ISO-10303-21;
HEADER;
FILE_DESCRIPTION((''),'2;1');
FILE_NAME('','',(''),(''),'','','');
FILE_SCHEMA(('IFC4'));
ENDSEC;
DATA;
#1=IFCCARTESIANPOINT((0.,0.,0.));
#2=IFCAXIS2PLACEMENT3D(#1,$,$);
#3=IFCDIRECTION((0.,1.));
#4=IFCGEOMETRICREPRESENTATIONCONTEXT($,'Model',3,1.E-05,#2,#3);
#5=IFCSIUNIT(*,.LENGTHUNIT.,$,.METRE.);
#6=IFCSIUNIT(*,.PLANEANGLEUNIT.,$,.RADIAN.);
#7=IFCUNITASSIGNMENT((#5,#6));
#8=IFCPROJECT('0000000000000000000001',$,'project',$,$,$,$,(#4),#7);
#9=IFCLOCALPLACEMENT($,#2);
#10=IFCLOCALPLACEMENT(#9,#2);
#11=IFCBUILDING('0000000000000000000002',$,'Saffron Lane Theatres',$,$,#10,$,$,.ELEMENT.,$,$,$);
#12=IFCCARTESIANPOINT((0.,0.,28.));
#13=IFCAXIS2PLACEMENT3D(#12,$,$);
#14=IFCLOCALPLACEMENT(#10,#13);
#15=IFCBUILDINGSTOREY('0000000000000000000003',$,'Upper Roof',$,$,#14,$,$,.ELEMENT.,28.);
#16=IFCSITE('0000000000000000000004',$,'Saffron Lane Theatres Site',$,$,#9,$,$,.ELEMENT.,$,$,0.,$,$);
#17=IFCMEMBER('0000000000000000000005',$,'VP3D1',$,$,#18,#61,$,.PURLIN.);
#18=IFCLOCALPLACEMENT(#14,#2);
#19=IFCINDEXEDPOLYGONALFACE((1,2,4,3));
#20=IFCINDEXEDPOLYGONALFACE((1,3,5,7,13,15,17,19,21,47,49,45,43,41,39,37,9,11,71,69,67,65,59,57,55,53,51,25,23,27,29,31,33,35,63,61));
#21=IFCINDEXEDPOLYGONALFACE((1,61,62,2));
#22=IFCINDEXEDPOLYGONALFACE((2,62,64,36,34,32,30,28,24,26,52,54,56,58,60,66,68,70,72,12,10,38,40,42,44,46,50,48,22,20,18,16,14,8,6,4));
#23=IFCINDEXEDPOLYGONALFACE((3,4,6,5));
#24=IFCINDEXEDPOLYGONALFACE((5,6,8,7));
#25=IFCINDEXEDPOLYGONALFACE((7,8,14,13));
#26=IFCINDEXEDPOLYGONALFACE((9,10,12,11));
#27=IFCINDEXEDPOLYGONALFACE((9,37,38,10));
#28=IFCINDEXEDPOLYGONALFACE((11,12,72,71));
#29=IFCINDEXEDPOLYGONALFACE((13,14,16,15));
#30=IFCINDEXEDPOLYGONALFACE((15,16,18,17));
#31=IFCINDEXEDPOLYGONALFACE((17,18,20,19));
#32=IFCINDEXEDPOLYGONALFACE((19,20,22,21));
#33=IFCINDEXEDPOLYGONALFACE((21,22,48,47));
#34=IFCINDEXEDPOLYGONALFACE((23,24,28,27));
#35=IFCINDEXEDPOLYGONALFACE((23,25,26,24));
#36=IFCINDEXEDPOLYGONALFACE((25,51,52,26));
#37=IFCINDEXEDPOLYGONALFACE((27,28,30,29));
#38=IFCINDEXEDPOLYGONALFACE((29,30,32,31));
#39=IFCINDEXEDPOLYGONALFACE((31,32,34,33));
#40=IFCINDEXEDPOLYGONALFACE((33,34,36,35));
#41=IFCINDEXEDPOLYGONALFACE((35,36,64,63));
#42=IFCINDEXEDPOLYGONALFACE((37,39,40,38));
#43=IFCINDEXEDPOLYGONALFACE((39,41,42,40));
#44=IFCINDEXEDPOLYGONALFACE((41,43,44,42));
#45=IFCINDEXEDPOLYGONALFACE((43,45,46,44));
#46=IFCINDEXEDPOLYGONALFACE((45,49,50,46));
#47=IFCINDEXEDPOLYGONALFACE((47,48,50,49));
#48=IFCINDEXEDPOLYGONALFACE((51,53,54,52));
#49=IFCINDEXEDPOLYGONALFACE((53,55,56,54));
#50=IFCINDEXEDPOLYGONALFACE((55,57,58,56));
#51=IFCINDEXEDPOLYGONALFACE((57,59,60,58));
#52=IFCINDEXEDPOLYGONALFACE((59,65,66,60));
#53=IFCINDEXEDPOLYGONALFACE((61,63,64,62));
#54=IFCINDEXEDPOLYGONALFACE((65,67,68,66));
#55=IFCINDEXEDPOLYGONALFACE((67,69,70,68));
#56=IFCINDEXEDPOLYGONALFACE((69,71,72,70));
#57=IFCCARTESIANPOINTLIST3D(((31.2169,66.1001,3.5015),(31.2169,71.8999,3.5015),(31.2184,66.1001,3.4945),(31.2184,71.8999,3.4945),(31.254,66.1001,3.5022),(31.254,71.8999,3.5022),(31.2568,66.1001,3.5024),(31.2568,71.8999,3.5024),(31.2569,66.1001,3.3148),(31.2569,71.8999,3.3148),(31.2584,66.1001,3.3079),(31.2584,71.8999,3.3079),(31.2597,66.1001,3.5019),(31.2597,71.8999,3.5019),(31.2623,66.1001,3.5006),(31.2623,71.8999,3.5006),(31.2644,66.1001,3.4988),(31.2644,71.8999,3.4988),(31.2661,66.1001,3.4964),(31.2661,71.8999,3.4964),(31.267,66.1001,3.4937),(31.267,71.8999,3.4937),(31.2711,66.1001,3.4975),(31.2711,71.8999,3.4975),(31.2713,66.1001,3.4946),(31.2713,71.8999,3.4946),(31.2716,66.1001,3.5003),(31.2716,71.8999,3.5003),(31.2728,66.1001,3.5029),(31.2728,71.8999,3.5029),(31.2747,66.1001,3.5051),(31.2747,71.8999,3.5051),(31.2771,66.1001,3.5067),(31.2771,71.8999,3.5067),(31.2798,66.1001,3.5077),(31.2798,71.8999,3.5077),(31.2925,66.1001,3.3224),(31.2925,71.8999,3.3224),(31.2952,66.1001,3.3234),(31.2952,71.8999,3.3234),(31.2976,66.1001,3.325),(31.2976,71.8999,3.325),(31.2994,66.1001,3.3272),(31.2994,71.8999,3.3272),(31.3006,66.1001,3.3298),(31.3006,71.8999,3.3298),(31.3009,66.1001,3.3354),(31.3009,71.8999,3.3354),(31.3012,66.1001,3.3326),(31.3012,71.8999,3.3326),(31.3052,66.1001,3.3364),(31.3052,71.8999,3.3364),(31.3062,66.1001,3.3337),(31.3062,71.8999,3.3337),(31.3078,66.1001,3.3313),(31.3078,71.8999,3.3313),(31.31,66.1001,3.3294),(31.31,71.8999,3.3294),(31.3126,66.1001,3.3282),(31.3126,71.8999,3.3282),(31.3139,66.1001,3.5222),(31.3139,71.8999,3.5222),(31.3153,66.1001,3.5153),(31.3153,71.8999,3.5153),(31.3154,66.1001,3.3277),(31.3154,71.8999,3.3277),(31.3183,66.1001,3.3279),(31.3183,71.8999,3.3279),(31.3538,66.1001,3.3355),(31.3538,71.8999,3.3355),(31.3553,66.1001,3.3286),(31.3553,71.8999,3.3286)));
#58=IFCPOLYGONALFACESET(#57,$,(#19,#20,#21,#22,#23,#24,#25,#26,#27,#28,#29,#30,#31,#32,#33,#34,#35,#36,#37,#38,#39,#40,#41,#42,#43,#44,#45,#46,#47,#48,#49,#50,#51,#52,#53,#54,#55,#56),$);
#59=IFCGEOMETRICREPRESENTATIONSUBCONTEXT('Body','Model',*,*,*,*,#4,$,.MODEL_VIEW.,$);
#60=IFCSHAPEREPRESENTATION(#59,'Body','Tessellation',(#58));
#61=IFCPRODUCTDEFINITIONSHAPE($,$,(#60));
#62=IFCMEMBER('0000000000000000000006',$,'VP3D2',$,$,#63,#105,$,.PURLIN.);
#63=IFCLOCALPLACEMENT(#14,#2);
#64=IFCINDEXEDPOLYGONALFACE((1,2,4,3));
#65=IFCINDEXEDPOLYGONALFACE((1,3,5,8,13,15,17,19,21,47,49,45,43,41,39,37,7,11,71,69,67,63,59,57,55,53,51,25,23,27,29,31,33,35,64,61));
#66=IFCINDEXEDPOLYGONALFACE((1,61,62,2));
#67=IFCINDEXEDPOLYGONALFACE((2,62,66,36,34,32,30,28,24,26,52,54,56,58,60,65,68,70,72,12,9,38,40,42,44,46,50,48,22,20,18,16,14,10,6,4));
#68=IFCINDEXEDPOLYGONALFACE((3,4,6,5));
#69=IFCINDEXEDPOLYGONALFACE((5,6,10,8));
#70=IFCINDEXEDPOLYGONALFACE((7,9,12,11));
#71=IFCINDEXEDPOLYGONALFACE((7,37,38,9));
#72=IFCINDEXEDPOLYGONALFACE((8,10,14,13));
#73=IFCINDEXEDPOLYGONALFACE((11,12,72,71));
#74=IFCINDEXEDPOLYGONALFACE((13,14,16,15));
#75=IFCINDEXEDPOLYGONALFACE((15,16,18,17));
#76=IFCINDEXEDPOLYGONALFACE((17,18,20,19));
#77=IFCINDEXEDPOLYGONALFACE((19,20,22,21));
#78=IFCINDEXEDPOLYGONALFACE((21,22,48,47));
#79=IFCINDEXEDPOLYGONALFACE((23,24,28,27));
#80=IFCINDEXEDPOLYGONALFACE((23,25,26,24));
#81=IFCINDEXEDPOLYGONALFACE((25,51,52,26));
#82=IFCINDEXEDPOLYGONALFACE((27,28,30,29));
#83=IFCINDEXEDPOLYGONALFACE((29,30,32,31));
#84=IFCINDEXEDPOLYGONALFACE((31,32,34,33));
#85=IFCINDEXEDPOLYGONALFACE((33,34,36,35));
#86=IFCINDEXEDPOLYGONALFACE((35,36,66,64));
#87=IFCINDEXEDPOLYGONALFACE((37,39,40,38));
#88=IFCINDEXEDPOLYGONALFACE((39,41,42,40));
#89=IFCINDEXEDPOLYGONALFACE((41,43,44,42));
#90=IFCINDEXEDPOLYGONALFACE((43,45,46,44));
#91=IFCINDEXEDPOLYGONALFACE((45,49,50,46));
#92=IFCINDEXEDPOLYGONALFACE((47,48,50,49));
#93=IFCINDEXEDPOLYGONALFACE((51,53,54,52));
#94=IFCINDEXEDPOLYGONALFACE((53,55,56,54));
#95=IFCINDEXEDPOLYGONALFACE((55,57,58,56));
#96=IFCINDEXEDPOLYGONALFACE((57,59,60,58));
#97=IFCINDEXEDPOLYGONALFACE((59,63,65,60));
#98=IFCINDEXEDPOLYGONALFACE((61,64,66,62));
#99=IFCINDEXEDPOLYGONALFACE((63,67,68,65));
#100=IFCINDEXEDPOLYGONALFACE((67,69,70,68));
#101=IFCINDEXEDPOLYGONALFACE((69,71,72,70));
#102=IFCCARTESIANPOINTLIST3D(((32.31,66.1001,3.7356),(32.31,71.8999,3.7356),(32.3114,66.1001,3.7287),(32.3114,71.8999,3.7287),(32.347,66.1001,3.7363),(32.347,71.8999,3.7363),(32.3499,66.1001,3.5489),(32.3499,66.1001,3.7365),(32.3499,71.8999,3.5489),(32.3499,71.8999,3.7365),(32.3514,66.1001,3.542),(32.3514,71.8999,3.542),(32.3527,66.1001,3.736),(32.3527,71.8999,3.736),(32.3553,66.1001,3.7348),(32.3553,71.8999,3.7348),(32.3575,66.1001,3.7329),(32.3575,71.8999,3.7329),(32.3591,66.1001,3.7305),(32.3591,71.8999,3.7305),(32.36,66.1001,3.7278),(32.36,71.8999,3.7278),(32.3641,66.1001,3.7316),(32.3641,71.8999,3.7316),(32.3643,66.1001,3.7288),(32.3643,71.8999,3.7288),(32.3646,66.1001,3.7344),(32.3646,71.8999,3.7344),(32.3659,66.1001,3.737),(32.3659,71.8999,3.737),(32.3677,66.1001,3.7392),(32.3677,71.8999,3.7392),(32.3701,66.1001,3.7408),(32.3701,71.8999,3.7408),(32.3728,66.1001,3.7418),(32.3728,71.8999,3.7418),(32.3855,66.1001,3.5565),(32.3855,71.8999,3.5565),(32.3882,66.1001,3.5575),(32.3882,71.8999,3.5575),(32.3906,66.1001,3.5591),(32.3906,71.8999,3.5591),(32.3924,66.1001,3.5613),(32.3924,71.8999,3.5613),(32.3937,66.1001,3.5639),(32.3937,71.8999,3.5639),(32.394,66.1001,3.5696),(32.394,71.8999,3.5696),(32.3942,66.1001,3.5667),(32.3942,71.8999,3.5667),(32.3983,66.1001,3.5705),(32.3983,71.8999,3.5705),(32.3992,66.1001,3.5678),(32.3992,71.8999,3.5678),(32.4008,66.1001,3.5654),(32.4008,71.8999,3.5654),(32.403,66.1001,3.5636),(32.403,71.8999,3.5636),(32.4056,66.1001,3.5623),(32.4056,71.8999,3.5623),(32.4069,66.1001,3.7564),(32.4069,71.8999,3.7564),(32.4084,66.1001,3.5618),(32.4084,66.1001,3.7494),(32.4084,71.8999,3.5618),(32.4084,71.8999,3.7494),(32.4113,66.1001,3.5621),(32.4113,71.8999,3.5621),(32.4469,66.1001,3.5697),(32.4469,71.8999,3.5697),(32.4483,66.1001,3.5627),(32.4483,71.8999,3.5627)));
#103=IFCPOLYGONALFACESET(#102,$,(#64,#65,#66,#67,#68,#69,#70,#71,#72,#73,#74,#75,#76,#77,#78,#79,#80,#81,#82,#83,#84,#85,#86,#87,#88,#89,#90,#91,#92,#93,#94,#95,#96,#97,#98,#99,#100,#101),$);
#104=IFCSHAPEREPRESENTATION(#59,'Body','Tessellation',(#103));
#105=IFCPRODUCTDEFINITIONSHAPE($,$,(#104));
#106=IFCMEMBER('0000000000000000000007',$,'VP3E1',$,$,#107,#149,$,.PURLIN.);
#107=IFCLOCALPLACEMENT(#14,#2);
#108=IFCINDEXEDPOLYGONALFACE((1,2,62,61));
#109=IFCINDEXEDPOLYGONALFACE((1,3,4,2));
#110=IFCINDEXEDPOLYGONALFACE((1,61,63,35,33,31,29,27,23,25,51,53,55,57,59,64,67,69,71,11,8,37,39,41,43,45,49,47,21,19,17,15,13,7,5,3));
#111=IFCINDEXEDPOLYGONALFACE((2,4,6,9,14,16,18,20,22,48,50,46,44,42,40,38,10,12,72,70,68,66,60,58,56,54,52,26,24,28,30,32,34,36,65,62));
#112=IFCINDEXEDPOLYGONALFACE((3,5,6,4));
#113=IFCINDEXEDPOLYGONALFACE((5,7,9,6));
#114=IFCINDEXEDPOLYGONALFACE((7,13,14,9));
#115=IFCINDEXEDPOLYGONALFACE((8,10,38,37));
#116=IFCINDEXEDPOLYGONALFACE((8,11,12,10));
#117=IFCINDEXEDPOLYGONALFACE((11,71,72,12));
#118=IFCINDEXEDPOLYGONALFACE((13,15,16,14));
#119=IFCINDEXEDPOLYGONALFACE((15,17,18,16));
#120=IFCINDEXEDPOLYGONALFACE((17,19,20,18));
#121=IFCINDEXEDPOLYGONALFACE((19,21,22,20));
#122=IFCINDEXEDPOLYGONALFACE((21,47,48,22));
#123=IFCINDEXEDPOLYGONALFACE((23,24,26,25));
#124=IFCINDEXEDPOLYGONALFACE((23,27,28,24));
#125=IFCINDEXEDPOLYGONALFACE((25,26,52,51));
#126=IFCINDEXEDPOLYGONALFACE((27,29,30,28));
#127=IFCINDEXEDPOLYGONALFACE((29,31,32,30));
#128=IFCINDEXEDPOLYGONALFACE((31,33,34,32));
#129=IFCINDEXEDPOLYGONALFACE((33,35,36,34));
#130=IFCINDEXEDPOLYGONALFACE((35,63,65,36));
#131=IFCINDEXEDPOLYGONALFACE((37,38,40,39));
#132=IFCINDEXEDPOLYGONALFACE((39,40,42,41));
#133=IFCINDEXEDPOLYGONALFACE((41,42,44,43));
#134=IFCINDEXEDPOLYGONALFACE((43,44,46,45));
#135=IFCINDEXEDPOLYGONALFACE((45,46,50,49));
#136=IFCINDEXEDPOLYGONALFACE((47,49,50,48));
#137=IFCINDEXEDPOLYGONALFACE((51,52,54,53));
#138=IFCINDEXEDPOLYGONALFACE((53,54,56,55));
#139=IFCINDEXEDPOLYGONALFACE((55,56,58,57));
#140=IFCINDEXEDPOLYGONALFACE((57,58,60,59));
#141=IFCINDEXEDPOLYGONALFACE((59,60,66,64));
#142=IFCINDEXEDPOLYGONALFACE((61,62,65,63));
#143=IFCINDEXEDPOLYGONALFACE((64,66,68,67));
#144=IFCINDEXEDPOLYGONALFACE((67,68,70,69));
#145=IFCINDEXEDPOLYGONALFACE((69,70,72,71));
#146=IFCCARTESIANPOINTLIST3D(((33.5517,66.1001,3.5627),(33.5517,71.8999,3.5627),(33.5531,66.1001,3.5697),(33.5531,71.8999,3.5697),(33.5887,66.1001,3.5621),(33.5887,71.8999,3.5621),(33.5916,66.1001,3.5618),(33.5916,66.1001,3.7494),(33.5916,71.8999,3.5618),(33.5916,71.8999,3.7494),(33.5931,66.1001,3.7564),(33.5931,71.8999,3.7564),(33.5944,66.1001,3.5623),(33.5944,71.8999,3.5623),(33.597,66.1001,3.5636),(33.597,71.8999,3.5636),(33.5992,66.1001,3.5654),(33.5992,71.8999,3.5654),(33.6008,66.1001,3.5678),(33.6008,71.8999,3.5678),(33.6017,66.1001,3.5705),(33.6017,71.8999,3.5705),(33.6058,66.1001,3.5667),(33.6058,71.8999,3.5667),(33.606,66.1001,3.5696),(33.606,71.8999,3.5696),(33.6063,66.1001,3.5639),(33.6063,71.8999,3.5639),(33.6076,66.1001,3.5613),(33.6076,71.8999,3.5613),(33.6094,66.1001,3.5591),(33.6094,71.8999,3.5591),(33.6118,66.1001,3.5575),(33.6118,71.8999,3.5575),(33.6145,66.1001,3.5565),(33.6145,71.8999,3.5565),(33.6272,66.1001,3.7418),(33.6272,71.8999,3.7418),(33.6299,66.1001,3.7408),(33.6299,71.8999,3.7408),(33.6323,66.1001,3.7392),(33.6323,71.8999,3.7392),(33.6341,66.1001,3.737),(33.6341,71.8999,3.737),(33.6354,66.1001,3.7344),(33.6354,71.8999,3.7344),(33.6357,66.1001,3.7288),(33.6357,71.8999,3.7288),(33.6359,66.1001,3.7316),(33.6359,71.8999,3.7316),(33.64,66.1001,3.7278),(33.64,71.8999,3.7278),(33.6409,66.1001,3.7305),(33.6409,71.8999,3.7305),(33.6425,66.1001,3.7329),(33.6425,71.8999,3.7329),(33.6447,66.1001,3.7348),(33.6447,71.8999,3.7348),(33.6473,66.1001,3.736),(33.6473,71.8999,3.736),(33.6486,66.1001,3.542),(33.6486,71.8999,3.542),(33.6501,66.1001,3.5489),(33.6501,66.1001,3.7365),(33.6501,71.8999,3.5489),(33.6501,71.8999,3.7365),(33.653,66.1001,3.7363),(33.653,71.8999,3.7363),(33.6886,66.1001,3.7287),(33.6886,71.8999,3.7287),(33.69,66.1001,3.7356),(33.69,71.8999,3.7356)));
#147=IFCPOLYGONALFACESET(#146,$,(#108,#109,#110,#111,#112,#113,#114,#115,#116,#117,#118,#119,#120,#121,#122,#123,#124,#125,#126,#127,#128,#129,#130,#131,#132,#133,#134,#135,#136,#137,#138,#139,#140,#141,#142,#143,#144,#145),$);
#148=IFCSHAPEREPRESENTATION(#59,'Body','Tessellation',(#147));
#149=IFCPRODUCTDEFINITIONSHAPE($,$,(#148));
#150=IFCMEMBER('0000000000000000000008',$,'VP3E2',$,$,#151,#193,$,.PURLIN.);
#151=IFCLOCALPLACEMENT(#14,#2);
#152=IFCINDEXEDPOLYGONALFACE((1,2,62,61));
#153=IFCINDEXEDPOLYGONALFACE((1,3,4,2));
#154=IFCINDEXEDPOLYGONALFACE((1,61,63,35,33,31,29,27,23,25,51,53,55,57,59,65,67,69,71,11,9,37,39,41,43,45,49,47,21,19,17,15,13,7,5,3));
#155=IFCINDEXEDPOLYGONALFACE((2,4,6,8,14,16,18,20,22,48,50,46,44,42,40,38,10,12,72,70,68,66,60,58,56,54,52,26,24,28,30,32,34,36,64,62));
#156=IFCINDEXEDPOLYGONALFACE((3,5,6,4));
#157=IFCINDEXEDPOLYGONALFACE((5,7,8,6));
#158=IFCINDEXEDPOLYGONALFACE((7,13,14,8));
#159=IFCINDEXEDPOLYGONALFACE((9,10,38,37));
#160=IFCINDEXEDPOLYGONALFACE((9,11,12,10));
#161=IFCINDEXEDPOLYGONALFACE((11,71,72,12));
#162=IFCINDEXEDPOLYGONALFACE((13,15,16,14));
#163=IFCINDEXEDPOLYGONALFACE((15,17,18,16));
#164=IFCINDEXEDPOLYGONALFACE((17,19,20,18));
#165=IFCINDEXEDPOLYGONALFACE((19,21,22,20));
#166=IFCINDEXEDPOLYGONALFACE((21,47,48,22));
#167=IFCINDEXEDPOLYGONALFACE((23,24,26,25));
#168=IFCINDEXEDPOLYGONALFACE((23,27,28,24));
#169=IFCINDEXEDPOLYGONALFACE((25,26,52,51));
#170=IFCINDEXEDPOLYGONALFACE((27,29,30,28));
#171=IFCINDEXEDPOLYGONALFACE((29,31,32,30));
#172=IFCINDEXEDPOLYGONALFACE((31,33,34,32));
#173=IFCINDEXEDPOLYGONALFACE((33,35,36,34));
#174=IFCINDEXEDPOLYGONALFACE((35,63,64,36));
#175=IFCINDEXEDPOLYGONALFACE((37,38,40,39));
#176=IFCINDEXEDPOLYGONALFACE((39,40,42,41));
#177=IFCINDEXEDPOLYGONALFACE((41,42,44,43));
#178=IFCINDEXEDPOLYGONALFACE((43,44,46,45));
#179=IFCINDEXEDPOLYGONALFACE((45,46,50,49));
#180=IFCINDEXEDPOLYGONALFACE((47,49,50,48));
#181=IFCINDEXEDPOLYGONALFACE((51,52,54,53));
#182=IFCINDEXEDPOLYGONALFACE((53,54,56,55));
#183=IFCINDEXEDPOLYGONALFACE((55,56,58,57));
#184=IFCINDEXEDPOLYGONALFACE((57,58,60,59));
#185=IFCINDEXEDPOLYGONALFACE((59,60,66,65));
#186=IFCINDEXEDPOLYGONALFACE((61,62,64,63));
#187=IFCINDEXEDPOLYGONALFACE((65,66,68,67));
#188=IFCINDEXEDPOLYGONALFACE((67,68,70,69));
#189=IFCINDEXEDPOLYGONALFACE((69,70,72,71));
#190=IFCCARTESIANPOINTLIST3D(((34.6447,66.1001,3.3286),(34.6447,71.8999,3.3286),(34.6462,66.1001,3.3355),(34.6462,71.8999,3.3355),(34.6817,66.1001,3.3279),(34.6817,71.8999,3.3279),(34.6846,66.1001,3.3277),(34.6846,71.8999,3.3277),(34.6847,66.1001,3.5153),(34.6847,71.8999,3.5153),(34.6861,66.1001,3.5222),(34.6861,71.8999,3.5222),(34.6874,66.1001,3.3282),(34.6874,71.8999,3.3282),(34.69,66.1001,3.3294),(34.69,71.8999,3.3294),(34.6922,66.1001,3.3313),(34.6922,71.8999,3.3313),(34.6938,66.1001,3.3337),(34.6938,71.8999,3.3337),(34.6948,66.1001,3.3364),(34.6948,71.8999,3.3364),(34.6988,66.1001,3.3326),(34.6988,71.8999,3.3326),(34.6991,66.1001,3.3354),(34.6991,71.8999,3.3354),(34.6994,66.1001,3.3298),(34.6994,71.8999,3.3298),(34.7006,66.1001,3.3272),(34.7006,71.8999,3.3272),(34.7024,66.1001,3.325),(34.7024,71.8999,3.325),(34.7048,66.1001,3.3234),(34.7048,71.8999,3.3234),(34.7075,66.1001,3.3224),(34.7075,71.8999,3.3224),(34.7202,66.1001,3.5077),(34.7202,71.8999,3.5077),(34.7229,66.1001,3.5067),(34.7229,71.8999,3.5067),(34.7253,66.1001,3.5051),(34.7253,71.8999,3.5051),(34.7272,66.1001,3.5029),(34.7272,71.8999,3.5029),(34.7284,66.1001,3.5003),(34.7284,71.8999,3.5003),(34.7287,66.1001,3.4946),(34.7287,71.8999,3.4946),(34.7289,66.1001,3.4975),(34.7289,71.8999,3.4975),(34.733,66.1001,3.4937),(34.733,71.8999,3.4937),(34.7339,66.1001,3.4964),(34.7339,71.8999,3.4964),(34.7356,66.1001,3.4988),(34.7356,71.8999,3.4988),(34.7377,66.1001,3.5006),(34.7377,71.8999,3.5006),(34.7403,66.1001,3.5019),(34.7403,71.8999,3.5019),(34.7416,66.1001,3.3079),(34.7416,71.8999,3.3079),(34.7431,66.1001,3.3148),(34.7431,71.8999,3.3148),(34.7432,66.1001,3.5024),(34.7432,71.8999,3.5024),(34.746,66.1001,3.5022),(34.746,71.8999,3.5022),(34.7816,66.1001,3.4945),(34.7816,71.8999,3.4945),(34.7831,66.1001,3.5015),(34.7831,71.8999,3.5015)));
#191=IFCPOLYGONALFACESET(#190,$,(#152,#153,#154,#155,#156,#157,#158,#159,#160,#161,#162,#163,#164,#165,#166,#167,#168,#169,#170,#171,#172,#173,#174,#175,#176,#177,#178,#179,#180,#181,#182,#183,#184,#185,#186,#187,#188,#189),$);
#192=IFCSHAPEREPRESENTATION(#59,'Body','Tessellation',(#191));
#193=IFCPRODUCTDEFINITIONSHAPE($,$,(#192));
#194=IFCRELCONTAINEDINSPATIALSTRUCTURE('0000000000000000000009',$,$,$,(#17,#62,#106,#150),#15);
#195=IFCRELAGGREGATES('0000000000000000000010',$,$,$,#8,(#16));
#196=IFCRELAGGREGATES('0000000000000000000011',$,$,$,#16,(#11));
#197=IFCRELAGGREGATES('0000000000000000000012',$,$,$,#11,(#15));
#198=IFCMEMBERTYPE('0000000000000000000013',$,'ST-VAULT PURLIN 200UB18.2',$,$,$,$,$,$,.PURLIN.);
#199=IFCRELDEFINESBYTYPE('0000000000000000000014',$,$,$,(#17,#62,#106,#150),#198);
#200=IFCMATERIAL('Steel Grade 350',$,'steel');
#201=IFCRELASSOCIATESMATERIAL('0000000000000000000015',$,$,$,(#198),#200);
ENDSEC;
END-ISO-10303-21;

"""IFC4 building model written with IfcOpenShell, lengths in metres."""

from ifc_helpers import new_model, si_unit, direction, frame, origin, origin_2d, place, context, subcontext, project, spatial, i_section, extrude, material, material_profile, profile_set, type_object, element, save


model = new_model("IFC4")

# Units and contexts
model_context = context("Model", 3, precision=1e-05, world=origin(), true_north=direction((0.0, 1.0)))
body_context = subcontext(model_context, "Body", "Model", "MODEL_VIEW")
ifc_project = project(units=[si_unit("LENGTHUNIT", "METRE"), si_unit("PLANEANGLEUNIT", "RADIAN")], contexts=[model_context])

# Site, building, storey
site_placement = place(None, origin())
site = spatial("IfcSite", under=ifc_project, at=site_placement, Name="Saffron Lane Theatres Site", CompositionType="ELEMENT", RefElevation=0.0)
building_placement = place(site_placement, origin())
building = spatial("IfcBuilding", under=site, at=building_placement, Name="Saffron Lane Theatres", CompositionType="ELEMENT")
storey_placement = place(building_placement, frame((0.0, 0.0, 28.0)))
storey = spatial("IfcBuildingStorey", under=building, at=storey_placement, Name="Upper Roof", CompositionType="ELEMENT", Elevation=28.0)

# Members
ifc_material_1 = material(Name="Steel Grade 350", Category="steel")
ifc_material_profile_1 = material_profile(ifc_material_1, i_section(OverallWidth=0.0991, OverallDepth=0.198, WebThickness=0.0044, FlangeThickness=0.0071, FilletRadius=0.011, at=origin_2d()))
ifc_profile_set_1 = profile_set([ifc_material_profile_1], Name="Steel Grade 350")
member_type_1 = type_object("IfcMemberType", Name="ST-VAULT PURLIN 200UB18.2", PredefinedType="PURLIN", material=ifc_profile_set_1)
for number, where, z_axis, x_axis, name in (
    (1, (31.2861, 66.1001, 3.415), (0.0, 1.0, 0.0), (0.977816, 0.0, 0.209466), "VP3D1"),
    (2, (32.3792, 66.1001, 3.6492), (0.0, 1.0, 0.0), (0.977816, 0.0, 0.209466), "VP3D2"),
    (3, (33.6208, 66.1001, 3.6492), (0.0, 1.0, 0.0), (0.977816, 0.0, -0.209466), "VP3E1"),
    (4, (34.7139, 66.1001, 3.415), (0.0, 1.0, 0.0), (0.977816, 0.0, -0.209466), "VP3E2"),
):
    element("IfcMember", number, at=place(storey_placement, frame(where, z_axis=z_axis, x_axis=x_axis)), inside=storey, type_object=member_type_1, Name=name, PredefinedType="PURLIN", context=body_context, shape_type="SweptSolid", body=[
        extrude(i_section(OverallWidth=0.0991, OverallDepth=0.198, WebThickness=0.0044, FlangeThickness=0.0071, FilletRadius=0.011, at=origin_2d()), origin(), (0.0, 0.0, 1.0), 5.7998),
    ])

save(model, "model.ifc")
